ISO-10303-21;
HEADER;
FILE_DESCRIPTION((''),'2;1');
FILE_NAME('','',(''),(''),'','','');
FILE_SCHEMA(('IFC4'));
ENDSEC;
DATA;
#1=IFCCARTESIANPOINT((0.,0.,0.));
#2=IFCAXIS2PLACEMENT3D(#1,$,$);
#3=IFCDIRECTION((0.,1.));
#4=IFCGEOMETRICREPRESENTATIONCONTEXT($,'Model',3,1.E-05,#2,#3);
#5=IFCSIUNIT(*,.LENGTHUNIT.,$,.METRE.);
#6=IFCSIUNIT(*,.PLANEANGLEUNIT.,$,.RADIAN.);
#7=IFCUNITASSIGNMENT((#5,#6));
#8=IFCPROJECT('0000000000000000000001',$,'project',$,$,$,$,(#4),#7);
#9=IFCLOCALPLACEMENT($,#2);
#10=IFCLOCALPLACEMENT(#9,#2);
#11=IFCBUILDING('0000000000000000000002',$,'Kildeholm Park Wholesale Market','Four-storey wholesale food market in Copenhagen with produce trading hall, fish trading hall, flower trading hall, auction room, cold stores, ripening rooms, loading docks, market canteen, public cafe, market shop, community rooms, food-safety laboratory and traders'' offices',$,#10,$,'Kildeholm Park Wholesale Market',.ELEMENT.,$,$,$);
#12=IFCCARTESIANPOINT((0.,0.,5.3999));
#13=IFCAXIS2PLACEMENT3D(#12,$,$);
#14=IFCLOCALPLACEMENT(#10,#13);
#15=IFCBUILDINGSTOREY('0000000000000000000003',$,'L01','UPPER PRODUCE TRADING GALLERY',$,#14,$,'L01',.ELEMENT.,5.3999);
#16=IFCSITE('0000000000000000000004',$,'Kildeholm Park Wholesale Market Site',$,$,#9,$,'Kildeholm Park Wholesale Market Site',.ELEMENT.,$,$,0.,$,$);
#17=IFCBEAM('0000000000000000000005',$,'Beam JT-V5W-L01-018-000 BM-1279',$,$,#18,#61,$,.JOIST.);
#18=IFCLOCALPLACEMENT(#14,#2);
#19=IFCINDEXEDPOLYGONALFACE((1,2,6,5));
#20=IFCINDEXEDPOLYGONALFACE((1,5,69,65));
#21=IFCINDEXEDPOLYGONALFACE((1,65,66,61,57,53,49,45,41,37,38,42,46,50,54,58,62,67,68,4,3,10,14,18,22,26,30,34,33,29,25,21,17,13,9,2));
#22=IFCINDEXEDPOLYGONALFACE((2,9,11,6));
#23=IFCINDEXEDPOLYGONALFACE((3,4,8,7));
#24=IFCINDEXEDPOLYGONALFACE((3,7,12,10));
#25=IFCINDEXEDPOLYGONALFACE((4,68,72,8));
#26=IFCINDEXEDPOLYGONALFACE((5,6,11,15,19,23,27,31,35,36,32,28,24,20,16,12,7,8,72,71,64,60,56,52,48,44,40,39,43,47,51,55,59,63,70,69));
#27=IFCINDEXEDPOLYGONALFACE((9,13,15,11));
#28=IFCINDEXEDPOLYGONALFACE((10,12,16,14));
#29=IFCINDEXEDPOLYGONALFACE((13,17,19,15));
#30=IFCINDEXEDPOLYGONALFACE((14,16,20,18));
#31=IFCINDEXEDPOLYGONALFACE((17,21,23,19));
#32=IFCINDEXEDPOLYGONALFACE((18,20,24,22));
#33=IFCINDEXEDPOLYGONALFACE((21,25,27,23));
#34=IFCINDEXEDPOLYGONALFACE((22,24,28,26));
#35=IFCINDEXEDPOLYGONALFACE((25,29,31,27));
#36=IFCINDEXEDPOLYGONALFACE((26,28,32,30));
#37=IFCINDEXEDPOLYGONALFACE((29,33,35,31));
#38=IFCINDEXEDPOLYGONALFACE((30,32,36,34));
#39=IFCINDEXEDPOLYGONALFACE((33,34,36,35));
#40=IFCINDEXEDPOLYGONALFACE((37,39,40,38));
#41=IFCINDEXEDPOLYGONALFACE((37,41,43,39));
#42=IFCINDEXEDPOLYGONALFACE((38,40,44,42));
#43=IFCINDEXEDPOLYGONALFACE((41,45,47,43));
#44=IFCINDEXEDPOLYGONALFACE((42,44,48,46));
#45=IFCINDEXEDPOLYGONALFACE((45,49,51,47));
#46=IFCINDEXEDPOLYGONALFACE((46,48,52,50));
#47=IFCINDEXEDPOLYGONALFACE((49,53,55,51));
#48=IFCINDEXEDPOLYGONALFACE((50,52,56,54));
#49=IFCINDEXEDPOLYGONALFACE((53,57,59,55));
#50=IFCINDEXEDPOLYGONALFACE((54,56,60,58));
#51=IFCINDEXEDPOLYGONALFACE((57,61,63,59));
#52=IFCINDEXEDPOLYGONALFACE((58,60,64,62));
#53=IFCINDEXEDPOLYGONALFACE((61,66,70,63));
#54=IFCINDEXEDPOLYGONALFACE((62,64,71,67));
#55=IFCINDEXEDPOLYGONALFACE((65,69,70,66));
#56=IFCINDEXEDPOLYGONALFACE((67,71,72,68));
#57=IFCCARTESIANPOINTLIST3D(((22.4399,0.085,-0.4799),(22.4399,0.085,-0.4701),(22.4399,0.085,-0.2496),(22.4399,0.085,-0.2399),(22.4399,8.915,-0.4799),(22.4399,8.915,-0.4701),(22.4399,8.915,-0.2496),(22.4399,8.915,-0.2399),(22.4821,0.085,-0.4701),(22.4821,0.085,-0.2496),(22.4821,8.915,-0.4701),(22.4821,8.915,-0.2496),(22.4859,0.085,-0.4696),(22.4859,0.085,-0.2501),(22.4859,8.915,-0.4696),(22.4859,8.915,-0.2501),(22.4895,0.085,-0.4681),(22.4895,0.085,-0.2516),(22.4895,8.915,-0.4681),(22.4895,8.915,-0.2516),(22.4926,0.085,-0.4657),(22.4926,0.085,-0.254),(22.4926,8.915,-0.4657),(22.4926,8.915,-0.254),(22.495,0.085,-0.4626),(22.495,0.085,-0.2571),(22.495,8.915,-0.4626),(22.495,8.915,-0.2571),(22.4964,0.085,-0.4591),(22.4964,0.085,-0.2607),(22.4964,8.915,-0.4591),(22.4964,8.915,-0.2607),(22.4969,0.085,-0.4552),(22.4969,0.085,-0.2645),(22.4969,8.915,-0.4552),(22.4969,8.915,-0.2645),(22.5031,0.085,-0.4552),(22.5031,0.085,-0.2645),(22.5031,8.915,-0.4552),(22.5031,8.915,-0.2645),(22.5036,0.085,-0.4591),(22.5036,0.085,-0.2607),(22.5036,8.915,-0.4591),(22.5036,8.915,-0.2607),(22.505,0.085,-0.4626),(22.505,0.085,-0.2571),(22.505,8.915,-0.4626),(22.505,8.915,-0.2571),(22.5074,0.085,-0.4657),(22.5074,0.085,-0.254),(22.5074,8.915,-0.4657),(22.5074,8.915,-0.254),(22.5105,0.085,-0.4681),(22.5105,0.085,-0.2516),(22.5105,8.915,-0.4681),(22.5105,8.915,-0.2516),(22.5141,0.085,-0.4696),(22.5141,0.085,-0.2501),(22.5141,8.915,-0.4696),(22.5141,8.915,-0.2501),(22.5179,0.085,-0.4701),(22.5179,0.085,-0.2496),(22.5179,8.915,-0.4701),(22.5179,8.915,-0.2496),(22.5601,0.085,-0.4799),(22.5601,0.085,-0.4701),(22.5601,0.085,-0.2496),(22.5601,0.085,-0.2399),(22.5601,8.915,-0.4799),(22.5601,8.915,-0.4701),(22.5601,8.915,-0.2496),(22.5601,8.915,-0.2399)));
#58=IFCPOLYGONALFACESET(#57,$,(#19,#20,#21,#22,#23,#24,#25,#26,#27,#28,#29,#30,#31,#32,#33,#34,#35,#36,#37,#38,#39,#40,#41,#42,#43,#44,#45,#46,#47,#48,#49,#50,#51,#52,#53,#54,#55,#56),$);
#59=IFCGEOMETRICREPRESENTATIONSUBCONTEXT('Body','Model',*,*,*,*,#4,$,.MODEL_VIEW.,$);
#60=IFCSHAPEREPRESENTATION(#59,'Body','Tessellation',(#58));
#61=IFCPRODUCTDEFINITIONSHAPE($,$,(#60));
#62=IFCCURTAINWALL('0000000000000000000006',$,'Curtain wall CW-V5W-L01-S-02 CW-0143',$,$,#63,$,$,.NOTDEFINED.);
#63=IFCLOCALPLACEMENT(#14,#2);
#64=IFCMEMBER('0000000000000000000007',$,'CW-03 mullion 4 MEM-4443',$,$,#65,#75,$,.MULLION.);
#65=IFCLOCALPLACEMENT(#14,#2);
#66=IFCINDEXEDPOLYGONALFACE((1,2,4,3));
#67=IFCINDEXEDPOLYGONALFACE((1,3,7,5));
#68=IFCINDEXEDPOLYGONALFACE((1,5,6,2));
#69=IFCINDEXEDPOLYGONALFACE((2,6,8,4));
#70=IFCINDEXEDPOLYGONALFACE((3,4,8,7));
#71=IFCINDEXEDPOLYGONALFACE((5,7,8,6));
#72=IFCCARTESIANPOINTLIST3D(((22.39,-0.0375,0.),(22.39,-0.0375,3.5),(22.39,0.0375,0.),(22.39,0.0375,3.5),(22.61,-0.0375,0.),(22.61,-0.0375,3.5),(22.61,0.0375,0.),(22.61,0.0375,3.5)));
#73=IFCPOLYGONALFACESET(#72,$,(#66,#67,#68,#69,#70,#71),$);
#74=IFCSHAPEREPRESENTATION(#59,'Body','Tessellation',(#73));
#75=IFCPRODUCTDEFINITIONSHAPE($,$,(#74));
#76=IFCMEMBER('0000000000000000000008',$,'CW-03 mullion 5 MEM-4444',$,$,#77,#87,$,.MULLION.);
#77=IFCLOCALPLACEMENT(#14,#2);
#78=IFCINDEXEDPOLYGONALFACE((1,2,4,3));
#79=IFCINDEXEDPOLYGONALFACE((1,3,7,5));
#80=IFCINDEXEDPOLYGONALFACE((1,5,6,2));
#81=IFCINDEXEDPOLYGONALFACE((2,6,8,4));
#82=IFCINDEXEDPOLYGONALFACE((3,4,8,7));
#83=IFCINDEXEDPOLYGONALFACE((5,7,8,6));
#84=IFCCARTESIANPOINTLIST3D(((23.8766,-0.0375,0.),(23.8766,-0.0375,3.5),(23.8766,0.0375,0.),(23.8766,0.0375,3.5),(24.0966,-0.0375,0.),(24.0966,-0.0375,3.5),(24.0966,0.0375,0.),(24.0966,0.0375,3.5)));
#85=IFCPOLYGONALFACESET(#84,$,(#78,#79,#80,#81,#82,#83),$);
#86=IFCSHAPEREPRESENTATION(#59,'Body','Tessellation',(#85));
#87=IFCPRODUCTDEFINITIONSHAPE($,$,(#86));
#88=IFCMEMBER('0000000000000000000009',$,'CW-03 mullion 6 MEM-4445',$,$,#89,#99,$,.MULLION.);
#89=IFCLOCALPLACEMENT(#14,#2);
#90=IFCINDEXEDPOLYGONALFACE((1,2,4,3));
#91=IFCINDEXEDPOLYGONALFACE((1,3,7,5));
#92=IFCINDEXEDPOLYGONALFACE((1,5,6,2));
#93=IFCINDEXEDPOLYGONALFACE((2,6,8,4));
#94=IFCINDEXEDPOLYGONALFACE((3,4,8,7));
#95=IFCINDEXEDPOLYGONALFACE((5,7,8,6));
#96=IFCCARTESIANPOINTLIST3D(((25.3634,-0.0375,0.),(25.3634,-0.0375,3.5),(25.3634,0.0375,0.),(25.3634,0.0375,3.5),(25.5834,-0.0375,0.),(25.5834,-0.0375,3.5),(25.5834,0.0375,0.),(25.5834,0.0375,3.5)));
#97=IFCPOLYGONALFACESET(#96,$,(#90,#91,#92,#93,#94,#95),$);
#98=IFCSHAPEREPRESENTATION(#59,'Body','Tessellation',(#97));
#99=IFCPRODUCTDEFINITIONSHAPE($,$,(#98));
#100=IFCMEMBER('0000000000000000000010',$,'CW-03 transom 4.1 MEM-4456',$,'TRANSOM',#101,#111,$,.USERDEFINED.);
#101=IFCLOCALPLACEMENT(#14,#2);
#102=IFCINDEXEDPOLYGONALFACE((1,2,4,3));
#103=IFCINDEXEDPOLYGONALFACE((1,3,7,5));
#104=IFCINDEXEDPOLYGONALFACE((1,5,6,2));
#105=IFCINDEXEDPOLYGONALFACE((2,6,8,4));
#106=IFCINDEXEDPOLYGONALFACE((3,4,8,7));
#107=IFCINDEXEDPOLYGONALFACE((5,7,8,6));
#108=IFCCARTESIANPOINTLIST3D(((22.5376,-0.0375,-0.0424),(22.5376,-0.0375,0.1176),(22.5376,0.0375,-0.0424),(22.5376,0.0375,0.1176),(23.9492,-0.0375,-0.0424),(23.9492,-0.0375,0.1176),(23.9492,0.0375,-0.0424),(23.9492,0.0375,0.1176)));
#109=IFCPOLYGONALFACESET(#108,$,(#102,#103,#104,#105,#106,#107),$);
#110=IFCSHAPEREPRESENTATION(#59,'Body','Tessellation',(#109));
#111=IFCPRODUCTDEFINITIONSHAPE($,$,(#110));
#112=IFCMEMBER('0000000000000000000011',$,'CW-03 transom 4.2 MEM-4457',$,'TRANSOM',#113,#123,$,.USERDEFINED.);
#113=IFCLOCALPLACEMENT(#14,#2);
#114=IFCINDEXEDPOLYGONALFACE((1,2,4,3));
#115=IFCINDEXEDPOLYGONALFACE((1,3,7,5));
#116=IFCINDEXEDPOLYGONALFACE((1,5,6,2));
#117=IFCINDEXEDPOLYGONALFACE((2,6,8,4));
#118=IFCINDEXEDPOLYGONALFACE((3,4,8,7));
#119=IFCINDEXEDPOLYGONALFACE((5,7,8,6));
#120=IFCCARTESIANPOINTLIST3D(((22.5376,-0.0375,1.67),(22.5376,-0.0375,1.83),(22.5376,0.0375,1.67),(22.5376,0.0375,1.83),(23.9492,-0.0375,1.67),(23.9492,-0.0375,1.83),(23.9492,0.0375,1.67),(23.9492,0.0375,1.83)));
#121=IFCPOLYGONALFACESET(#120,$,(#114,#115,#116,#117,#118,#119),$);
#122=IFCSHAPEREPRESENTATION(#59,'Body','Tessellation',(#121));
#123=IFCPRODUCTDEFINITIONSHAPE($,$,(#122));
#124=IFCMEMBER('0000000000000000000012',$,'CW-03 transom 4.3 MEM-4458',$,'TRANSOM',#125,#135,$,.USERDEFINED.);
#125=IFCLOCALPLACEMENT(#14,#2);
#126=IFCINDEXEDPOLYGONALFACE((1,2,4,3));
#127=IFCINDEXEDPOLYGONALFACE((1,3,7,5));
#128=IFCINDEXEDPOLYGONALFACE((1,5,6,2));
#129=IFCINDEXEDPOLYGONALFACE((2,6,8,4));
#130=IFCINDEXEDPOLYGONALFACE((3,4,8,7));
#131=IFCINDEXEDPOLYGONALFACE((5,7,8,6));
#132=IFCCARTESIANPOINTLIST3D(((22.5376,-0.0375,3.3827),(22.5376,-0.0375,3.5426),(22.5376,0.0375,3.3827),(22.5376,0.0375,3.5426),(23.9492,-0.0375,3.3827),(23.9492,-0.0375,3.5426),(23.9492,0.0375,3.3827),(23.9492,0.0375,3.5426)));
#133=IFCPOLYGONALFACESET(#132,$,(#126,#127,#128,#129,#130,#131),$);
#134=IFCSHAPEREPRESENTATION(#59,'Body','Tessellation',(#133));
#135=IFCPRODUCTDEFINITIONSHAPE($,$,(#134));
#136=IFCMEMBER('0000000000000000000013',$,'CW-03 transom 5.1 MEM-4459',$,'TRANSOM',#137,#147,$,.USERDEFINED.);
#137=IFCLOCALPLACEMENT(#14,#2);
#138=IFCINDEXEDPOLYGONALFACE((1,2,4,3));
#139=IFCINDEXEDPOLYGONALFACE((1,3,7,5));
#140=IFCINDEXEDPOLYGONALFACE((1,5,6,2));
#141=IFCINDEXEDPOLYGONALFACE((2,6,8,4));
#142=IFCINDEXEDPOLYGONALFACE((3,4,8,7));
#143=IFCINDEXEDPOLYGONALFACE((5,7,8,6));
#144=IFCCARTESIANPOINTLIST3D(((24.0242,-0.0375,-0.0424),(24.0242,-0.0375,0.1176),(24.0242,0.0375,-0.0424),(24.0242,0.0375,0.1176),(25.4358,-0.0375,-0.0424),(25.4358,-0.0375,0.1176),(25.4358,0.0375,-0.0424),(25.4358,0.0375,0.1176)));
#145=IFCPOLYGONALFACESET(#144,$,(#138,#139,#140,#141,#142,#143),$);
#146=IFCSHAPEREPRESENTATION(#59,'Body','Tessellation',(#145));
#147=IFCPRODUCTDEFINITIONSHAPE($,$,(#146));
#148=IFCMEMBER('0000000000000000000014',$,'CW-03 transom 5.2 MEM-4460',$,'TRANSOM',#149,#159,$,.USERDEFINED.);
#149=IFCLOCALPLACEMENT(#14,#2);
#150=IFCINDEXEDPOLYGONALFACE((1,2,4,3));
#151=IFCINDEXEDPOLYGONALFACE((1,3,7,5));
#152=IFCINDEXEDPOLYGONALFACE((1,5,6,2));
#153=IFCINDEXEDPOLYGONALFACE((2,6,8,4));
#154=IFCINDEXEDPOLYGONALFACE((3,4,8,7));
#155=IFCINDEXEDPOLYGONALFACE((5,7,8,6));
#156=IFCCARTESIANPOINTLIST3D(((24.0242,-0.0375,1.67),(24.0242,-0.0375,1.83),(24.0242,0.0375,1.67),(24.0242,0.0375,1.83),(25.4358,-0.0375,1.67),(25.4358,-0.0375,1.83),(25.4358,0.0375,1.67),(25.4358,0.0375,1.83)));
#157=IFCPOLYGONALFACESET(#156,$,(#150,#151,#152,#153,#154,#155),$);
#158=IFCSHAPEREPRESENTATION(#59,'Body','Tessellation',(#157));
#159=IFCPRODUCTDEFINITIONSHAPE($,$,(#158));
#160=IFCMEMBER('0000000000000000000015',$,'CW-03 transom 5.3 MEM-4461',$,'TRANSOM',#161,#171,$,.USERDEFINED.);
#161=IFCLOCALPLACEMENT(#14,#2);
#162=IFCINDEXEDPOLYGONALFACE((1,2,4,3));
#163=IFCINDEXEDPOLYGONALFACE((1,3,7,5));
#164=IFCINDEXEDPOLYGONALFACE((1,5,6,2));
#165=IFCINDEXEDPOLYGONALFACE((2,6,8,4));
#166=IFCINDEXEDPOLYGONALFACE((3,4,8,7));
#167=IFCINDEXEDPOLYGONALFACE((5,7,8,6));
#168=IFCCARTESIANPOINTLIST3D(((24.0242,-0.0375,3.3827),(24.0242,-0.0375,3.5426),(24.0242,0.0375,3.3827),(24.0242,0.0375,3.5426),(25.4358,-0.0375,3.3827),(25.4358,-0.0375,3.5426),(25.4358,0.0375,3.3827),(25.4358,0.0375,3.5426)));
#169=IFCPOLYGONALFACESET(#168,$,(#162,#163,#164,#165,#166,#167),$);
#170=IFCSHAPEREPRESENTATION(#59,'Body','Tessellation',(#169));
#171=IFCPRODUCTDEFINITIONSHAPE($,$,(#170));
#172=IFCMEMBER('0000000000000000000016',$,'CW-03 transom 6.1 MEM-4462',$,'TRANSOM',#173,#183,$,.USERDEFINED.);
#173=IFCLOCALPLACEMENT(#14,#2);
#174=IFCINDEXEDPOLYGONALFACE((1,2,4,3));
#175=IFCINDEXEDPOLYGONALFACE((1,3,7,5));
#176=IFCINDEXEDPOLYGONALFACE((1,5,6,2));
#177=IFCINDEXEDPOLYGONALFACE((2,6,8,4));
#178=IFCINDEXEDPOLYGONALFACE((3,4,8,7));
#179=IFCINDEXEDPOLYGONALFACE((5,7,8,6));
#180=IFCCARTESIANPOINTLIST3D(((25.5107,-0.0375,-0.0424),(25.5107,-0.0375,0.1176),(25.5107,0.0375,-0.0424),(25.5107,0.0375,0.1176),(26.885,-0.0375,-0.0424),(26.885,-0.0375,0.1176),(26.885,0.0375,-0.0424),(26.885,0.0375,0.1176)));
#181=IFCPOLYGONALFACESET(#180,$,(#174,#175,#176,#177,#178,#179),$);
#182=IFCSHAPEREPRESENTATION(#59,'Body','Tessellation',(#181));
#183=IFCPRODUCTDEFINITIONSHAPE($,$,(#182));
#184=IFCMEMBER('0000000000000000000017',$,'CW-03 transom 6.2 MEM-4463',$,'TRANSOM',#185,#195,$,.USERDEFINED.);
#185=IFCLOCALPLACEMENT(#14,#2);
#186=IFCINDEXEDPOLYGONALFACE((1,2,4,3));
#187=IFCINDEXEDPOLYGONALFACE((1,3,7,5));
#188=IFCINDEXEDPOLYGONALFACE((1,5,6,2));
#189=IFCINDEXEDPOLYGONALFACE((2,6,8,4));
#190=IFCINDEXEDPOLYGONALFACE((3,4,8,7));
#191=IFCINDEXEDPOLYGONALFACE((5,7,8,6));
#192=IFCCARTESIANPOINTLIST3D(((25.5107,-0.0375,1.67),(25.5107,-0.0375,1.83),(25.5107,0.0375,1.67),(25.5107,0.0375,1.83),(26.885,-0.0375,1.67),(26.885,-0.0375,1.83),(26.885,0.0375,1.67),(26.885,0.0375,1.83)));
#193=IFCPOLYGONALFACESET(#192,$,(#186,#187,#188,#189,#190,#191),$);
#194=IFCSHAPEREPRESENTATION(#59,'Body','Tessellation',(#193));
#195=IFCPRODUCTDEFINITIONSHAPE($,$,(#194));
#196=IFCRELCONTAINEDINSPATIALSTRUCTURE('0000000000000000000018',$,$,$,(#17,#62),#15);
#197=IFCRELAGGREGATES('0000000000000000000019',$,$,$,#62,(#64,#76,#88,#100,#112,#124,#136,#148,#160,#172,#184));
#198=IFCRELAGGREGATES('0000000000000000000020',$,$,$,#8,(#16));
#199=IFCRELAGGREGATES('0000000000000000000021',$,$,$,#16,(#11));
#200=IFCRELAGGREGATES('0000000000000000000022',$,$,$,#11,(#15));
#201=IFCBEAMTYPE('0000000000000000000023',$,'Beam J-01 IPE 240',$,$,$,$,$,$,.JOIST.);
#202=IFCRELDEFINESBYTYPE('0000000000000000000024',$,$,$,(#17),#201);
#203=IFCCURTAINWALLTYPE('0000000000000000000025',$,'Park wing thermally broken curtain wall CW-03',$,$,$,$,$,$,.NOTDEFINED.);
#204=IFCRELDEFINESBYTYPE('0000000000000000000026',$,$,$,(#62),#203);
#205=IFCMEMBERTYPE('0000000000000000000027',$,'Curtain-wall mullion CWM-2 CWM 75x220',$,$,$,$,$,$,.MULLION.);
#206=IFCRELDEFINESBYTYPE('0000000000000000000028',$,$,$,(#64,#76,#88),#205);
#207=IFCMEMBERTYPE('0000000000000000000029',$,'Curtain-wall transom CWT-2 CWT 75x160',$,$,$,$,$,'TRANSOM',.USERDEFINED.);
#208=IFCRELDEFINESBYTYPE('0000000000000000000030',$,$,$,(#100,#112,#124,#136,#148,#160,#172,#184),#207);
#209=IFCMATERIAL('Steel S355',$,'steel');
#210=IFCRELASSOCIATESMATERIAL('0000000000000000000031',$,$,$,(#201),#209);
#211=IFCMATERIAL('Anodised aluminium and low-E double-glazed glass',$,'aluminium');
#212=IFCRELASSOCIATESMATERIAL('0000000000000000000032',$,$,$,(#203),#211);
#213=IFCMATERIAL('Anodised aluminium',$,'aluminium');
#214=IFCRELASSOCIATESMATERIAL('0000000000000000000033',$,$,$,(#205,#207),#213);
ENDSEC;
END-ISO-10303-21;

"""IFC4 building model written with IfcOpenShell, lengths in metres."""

from ifc_helpers import new_model, si_unit, direction, frame, origin, origin_2d, place, context, subcontext, project, spatial, rectangle, i_section, extrude, material, material_profile, profile_set, type_object, element, aggregate, save


model = new_model("IFC4")

# Units and contexts
model_context = context("Model", 3, precision=1e-05, world=origin(), true_north=direction((0.0, 1.0)))
body_context = subcontext(model_context, "Body", "Model", "MODEL_VIEW")
ifc_project = project(units=[si_unit("LENGTHUNIT", "METRE"), si_unit("PLANEANGLEUNIT", "RADIAN")], contexts=[model_context])

# Site, building, storey
site_placement = place(None, origin())
site = spatial("IfcSite", under=ifc_project, at=site_placement, Name="Kildeholm Park Wholesale Market Site", LongName="Kildeholm Park Wholesale Market Site", CompositionType="ELEMENT", RefElevation=0.0)
building_placement = place(site_placement, origin())
building = spatial("IfcBuilding", under=site, at=building_placement, Name="Kildeholm Park Wholesale Market", Description="Four-storey wholesale food market in Copenhagen with produce trading hall, fish trading hall, flower trading hall, auction room, cold stores, ripening rooms, loading docks, market canteen, public cafe, market shop, community rooms, food-safety laboratory and traders' offices", LongName="Kildeholm Park Wholesale Market", CompositionType="ELEMENT")
storey_placement = place(building_placement, frame((0.0, 0.0, 5.3999)))
storey = spatial("IfcBuildingStorey", under=building, at=storey_placement, Name="L01", Description="UPPER PRODUCE TRADING GALLERY", LongName="L01", CompositionType="ELEMENT", Elevation=5.3999)

# Beam
ifc_material_1 = material(Name="Steel S355", Category="steel")
ifc_material_profile_1 = material_profile(ifc_material_1, i_section(OverallWidth=0.1201, OverallDepth=0.24, WebThickness=0.0061, FlangeThickness=0.0098, FilletRadius=0.0149, at=origin_2d()), Name="IPE 240")
ifc_profile_set_1 = profile_set([ifc_material_profile_1], Name="Steel S355")
beam_type = type_object("IfcBeamType", Name="Beam J-01 IPE 240", PredefinedType="JOIST", material=ifc_profile_set_1)
beam_placement = place(storey_placement, frame((22.5, 0.085, -0.3599), z_axis=(0.0, 1.0, 0.0), x_axis=(-1.0, 0.0, 0.0)))
element("IfcBeam", 1, at=beam_placement, inside=storey, type_object=beam_type, Name="Beam JT-V5W-L01-018-000 BM-1279", PredefinedType="JOIST", context=body_context, shape_type="SweptSolid", body=[
    extrude(i_section(OverallWidth=0.1201, OverallDepth=0.24, WebThickness=0.0061, FlangeThickness=0.0098, FilletRadius=0.0149, at=origin_2d()), origin(), (0.0, 0.0, 1.0), 8.8301),
])

# Curtain wall, members
ifc_material_2 = material(Name="Anodised aluminium and low-E double-glazed glass", Category="aluminium")
curtain_wall_type = type_object("IfcCurtainWallType", Name="Park wing thermally broken curtain wall CW-03", PredefinedType="NOTDEFINED", material=ifc_material_2)
curtain_wall_placement = place(storey_placement, origin())
curtain_wall = element("IfcCurtainWall", 2, at=curtain_wall_placement, inside=storey, type_object=curtain_wall_type, Name="Curtain wall CW-V5W-L01-S-02 CW-0143", PredefinedType="NOTDEFINED")
ifc_material_3 = material(Name="Anodised aluminium", Category="aluminium")
ifc_material_profile_2 = material_profile(ifc_material_3, rectangle(XDim=0.075, YDim=0.22, at=origin_2d()), Name="CWM 75x220")
ifc_profile_set_2 = profile_set([ifc_material_profile_2], Name="Anodised aluminium")
member_type_1 = type_object("IfcMemberType", Name="Curtain-wall mullion CWM-2 CWM 75x220", PredefinedType="MULLION", material=ifc_profile_set_2)
member_1_placement = place(storey_placement, frame((22.5, 0.0, 0.0), z_axis=(0.0, 0.0, 1.0), x_axis=(0.0, 1.0, 0.0)))
member_1 = element("IfcMember", 3, at=member_1_placement, type_object=member_type_1, Name="CW-03 mullion 4 MEM-4443", PredefinedType="MULLION", context=body_context, shape_type="SweptSolid", body=[
    extrude(rectangle(XDim=0.075, YDim=0.22, at=origin_2d()), origin(), (0.0, 0.0, 1.0), 3.5),
])
member_2_placement = place(storey_placement, frame((23.9866, 0.0, 0.0), z_axis=(0.0, 0.0, 1.0), x_axis=(0.0, 1.0, 0.0)))
member_2 = element("IfcMember", 4, at=member_2_placement, type_object=member_type_1, Name="CW-03 mullion 5 MEM-4444", PredefinedType="MULLION", context=body_context, shape_type="SweptSolid", body=[
    extrude(rectangle(XDim=0.075, YDim=0.22, at=origin_2d()), origin(), (0.0, 0.0, 1.0), 3.5),
])
member_3_placement = place(storey_placement, frame((25.4734, 0.0, 0.0), z_axis=(0.0, 0.0, 1.0), x_axis=(0.0, 1.0, 0.0)))
member_3 = element("IfcMember", 5, at=member_3_placement, type_object=member_type_1, Name="CW-03 mullion 6 MEM-4445", PredefinedType="MULLION", context=body_context, shape_type="SweptSolid", body=[
    extrude(rectangle(XDim=0.075, YDim=0.22, at=origin_2d()), origin(), (0.0, 0.0, 1.0), 3.5),
])
ifc_material_profile_3 = material_profile(ifc_material_3, rectangle(XDim=0.075, YDim=0.1599, at=origin_2d()), Name="CWT 75x160")
ifc_profile_set_3 = profile_set([ifc_material_profile_3], Name="Anodised aluminium")
member_type_2 = type_object("IfcMemberType", Name="Curtain-wall transom CWT-2 CWT 75x160", ElementType="TRANSOM", PredefinedType="USERDEFINED", material=ifc_profile_set_3)
member_4_placement = place(storey_placement, frame((22.5376, 0.0, 0.0376), z_axis=(1.0, 0.0, 0.0), x_axis=(0.0, 1.0, 0.0)))
member_4 = element("IfcMember", 6, at=member_4_placement, type_object=member_type_2, Name="CW-03 transom 4.1 MEM-4456", ObjectType="TRANSOM", PredefinedType="USERDEFINED", context=body_context, shape_type="SweptSolid", body=[
    extrude(rectangle(XDim=0.075, YDim=0.1599, at=origin_2d()), origin(), (0.0, 0.0, 1.0), 1.4116),
])
member_5_placement = place(storey_placement, frame((22.5376, 0.0, 1.75), z_axis=(1.0, 0.0, 0.0), x_axis=(0.0, 1.0, 0.0)))
member_5 = element("IfcMember", 7, at=member_5_placement, type_object=member_type_2, Name="CW-03 transom 4.2 MEM-4457", ObjectType="TRANSOM", PredefinedType="USERDEFINED", context=body_context, shape_type="SweptSolid", body=[
    extrude(rectangle(XDim=0.075, YDim=0.1599, at=origin_2d()), origin(), (0.0, 0.0, 1.0), 1.4116),
])
member_6_placement = place(storey_placement, frame((22.5376, 0.0, 3.4626), z_axis=(1.0, 0.0, 0.0), x_axis=(0.0, 1.0, 0.0)))
member_6 = element("IfcMember", 8, at=member_6_placement, type_object=member_type_2, Name="CW-03 transom 4.3 MEM-4458", ObjectType="TRANSOM", PredefinedType="USERDEFINED", context=body_context, shape_type="SweptSolid", body=[
    extrude(rectangle(XDim=0.075, YDim=0.1599, at=origin_2d()), origin(), (0.0, 0.0, 1.0), 1.4116),
])
member_7_placement = place(storey_placement, frame((24.0242, 0.0, 0.0376), z_axis=(1.0, 0.0, 0.0), x_axis=(0.0, 1.0, 0.0)))
member_7 = element("IfcMember", 9, at=member_7_placement, type_object=member_type_2, Name="CW-03 transom 5.1 MEM-4459", ObjectType="TRANSOM", PredefinedType="USERDEFINED", context=body_context, shape_type="SweptSolid", body=[
    extrude(rectangle(XDim=0.075, YDim=0.1599, at=origin_2d()), origin(), (0.0, 0.0, 1.0), 1.4116),
])
member_8_placement = place(storey_placement, frame((24.0242, 0.0, 1.75), z_axis=(1.0, 0.0, 0.0), x_axis=(0.0, 1.0, 0.0)))
member_8 = element("IfcMember", 10, at=member_8_placement, type_object=member_type_2, Name="CW-03 transom 5.2 MEM-4460", ObjectType="TRANSOM", PredefinedType="USERDEFINED", context=body_context, shape_type="SweptSolid", body=[
    extrude(rectangle(XDim=0.075, YDim=0.1599, at=origin_2d()), origin(), (0.0, 0.0, 1.0), 1.4116),
])
member_9_placement = place(storey_placement, frame((24.0242, 0.0, 3.4626), z_axis=(1.0, 0.0, 0.0), x_axis=(0.0, 1.0, 0.0)))
member_9 = element("IfcMember", 11, at=member_9_placement, type_object=member_type_2, Name="CW-03 transom 5.3 MEM-4461", ObjectType="TRANSOM", PredefinedType="USERDEFINED", context=body_context, shape_type="SweptSolid", body=[
    extrude(rectangle(XDim=0.075, YDim=0.1599, at=origin_2d()), origin(), (0.0, 0.0, 1.0), 1.4116),
])
member_10_placement = place(storey_placement, frame((25.5107, 0.0, 0.0376), z_axis=(1.0, 0.0, 0.0), x_axis=(0.0, 1.0, 0.0)))
member_10 = element("IfcMember", 12, at=member_10_placement, type_object=member_type_2, Name="CW-03 transom 6.1 MEM-4462", ObjectType="TRANSOM", PredefinedType="USERDEFINED", context=body_context, shape_type="SweptSolid", body=[
    extrude(rectangle(XDim=0.075, YDim=0.1599, at=origin_2d()), origin(), (0.0, 0.0, 1.0), 1.3743),
])
member_11_placement = place(storey_placement, frame((25.5107, 0.0, 1.75), z_axis=(1.0, 0.0, 0.0), x_axis=(0.0, 1.0, 0.0)))
member_11 = element("IfcMember", 13, at=member_11_placement, type_object=member_type_2, Name="CW-03 transom 6.2 MEM-4463", ObjectType="TRANSOM", PredefinedType="USERDEFINED", context=body_context, shape_type="SweptSolid", body=[
    extrude(rectangle(XDim=0.075, YDim=0.1599, at=origin_2d()), origin(), (0.0, 0.0, 1.0), 1.3743),
])
aggregate(curtain_wall, [member_1, member_2, member_3, member_4, member_5, member_6, member_7, member_8, member_9, member_10, member_11])

save(model, "model.ifc")
